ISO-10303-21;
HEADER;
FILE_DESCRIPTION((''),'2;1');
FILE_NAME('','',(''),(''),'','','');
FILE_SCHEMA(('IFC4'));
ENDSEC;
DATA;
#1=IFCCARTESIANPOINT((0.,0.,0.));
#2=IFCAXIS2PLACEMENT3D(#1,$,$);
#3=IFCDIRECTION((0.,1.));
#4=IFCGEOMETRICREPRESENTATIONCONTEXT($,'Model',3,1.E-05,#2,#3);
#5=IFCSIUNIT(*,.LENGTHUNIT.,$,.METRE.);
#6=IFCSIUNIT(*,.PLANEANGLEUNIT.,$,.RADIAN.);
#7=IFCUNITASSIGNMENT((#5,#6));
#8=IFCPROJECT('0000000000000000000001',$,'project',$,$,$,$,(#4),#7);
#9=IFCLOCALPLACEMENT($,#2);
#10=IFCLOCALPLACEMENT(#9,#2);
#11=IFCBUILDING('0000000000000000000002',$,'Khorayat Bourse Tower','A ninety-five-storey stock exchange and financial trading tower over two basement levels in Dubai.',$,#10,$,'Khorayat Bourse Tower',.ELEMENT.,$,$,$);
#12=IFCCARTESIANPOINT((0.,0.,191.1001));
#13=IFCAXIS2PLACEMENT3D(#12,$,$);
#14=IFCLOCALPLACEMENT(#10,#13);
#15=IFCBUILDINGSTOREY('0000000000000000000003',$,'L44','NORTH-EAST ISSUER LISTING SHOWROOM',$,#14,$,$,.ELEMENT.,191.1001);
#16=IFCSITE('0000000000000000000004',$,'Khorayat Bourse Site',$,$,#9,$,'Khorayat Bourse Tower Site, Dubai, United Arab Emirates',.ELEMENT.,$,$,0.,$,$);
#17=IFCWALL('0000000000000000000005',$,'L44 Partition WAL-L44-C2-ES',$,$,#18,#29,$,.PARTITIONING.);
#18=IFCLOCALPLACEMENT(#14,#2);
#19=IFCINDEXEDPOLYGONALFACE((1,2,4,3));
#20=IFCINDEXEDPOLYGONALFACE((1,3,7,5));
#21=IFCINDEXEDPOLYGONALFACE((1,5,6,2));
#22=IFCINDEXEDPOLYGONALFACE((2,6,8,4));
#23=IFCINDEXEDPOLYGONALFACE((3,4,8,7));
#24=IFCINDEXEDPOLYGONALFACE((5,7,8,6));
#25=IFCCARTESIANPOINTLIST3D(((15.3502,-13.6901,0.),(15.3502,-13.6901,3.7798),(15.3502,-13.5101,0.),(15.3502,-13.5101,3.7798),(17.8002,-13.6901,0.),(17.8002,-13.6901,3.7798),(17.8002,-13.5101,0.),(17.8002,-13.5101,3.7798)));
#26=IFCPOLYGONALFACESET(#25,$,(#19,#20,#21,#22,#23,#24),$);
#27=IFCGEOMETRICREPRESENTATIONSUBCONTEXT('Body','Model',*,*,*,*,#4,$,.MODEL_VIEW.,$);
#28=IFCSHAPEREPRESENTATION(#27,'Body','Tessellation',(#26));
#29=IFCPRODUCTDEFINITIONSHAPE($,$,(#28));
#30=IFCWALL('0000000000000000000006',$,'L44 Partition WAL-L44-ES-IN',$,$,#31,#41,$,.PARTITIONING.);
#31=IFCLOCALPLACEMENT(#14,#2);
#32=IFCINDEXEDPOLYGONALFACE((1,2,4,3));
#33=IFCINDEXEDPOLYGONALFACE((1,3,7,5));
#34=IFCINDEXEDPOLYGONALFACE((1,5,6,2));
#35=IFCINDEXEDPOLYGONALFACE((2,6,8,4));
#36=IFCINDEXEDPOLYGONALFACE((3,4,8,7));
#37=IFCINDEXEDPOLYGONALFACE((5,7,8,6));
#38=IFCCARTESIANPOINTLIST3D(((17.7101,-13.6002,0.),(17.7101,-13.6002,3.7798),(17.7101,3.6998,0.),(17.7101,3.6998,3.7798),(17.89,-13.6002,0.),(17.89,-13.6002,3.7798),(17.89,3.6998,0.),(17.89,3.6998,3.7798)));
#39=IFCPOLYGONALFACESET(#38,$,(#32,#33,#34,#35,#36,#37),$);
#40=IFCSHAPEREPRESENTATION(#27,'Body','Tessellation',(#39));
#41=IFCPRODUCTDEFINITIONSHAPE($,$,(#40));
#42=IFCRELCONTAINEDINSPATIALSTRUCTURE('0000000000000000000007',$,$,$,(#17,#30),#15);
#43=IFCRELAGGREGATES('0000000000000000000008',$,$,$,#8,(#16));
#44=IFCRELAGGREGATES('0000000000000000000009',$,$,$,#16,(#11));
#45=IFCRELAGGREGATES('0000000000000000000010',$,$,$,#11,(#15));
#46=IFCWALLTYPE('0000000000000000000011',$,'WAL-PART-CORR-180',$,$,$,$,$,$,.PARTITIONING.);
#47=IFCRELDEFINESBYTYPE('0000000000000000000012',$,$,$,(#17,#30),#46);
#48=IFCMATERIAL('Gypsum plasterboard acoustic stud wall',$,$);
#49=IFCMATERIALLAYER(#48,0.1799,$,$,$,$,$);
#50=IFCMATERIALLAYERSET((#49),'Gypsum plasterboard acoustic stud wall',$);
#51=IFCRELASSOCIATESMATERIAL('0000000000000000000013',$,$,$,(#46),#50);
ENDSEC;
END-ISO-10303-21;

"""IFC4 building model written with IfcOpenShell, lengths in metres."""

from ifc_helpers import new_model, si_unit, direction, frame, frame_2d, origin, place, context, subcontext, project, spatial, rectangle, extrude, source, transform, mapped, material, layer, layer_set, type_object, element, save


model = new_model("IFC4")

# Units and contexts
model_context = context("Model", 3, precision=1e-05, world=origin(), true_north=direction((0.0, 1.0)))
body_context = subcontext(model_context, "Body", "Model", "MODEL_VIEW")
ifc_project = project(units=[si_unit("LENGTHUNIT", "METRE"), si_unit("PLANEANGLEUNIT", "RADIAN")], contexts=[model_context])

# Site, building, storey
site_placement = place(None, origin())
site = spatial("IfcSite", under=ifc_project, at=site_placement, Name="Khorayat Bourse Site", LongName="Khorayat Bourse Tower Site, Dubai, United Arab Emirates", CompositionType="ELEMENT", RefElevation=0.0)
building_placement = place(site_placement, origin())
building = spatial("IfcBuilding", under=site, at=building_placement, Name="Khorayat Bourse Tower", Description="A ninety-five-storey stock exchange and financial trading tower over two basement levels in Dubai.", LongName="Khorayat Bourse Tower", CompositionType="ELEMENT")
storey_placement = place(building_placement, frame((0.0, 0.0, 191.1001)))
storey = spatial("IfcBuildingStorey", under=building, at=storey_placement, Name="L44", Description="NORTH-EAST ISSUER LISTING SHOWROOM", CompositionType="ELEMENT", Elevation=191.1001)

# Shared definitions
ifc_material_1 = material(Name="Gypsum plasterboard acoustic stud wall")
ifc_layer_1 = layer(ifc_material_1, 0.1799)
ifc_layer_set_1 = layer_set([ifc_layer_1], Name="Gypsum plasterboard acoustic stud wall")
wall_type_1 = type_object("IfcWallType", Name="WAL-PART-CORR-180", PredefinedType="PARTITIONING", material=ifc_layer_set_1)

# Walls
shared_shape_1 = source(origin(), body_context, "Body", "SweptSolid", [
    extrude(rectangle(XDim=2.45, YDim=0.1799, at=frame_2d((1.2251, 0.0))), origin(), (0.0, 0.0, 1.0), 3.7798),
])
wall_1_placement = place(storey_placement, frame((15.3501, -13.6001, 0.0), z_axis=(0.0, 0.0, 1.0), x_axis=(1.0, 0.0, 0.0)))
element("IfcWall", 1, at=wall_1_placement, inside=storey, type_object=wall_type_1, Name="L44 Partition WAL-L44-C2-ES", PredefinedType="PARTITIONING", context=body_context, shape_type="MappedRepresentation", body=[
    mapped(shared_shape_1, transform((0.0, 0.0, 0.0), scale=1.0)),
])
shared_shape_2 = source(origin(), body_context, "Body", "SweptSolid", [
    extrude(rectangle(XDim=17.3, YDim=0.1799, at=frame_2d((8.6499, 0.0))), origin(), (0.0, 0.0, 1.0), 3.7798),
])
wall_2_placement = place(storey_placement, frame((17.8, -13.6001, 0.0), z_axis=(0.0, 0.0, 1.0), x_axis=(0.0, 1.0, 0.0)))
element("IfcWall", 2, at=wall_2_placement, inside=storey, type_object=wall_type_1, Name="L44 Partition WAL-L44-ES-IN", PredefinedType="PARTITIONING", context=body_context, shape_type="MappedRepresentation", body=[
    mapped(shared_shape_2, transform((0.0, 0.0, 0.0), scale=1.0)),
])

save(model, "model.ifc")
